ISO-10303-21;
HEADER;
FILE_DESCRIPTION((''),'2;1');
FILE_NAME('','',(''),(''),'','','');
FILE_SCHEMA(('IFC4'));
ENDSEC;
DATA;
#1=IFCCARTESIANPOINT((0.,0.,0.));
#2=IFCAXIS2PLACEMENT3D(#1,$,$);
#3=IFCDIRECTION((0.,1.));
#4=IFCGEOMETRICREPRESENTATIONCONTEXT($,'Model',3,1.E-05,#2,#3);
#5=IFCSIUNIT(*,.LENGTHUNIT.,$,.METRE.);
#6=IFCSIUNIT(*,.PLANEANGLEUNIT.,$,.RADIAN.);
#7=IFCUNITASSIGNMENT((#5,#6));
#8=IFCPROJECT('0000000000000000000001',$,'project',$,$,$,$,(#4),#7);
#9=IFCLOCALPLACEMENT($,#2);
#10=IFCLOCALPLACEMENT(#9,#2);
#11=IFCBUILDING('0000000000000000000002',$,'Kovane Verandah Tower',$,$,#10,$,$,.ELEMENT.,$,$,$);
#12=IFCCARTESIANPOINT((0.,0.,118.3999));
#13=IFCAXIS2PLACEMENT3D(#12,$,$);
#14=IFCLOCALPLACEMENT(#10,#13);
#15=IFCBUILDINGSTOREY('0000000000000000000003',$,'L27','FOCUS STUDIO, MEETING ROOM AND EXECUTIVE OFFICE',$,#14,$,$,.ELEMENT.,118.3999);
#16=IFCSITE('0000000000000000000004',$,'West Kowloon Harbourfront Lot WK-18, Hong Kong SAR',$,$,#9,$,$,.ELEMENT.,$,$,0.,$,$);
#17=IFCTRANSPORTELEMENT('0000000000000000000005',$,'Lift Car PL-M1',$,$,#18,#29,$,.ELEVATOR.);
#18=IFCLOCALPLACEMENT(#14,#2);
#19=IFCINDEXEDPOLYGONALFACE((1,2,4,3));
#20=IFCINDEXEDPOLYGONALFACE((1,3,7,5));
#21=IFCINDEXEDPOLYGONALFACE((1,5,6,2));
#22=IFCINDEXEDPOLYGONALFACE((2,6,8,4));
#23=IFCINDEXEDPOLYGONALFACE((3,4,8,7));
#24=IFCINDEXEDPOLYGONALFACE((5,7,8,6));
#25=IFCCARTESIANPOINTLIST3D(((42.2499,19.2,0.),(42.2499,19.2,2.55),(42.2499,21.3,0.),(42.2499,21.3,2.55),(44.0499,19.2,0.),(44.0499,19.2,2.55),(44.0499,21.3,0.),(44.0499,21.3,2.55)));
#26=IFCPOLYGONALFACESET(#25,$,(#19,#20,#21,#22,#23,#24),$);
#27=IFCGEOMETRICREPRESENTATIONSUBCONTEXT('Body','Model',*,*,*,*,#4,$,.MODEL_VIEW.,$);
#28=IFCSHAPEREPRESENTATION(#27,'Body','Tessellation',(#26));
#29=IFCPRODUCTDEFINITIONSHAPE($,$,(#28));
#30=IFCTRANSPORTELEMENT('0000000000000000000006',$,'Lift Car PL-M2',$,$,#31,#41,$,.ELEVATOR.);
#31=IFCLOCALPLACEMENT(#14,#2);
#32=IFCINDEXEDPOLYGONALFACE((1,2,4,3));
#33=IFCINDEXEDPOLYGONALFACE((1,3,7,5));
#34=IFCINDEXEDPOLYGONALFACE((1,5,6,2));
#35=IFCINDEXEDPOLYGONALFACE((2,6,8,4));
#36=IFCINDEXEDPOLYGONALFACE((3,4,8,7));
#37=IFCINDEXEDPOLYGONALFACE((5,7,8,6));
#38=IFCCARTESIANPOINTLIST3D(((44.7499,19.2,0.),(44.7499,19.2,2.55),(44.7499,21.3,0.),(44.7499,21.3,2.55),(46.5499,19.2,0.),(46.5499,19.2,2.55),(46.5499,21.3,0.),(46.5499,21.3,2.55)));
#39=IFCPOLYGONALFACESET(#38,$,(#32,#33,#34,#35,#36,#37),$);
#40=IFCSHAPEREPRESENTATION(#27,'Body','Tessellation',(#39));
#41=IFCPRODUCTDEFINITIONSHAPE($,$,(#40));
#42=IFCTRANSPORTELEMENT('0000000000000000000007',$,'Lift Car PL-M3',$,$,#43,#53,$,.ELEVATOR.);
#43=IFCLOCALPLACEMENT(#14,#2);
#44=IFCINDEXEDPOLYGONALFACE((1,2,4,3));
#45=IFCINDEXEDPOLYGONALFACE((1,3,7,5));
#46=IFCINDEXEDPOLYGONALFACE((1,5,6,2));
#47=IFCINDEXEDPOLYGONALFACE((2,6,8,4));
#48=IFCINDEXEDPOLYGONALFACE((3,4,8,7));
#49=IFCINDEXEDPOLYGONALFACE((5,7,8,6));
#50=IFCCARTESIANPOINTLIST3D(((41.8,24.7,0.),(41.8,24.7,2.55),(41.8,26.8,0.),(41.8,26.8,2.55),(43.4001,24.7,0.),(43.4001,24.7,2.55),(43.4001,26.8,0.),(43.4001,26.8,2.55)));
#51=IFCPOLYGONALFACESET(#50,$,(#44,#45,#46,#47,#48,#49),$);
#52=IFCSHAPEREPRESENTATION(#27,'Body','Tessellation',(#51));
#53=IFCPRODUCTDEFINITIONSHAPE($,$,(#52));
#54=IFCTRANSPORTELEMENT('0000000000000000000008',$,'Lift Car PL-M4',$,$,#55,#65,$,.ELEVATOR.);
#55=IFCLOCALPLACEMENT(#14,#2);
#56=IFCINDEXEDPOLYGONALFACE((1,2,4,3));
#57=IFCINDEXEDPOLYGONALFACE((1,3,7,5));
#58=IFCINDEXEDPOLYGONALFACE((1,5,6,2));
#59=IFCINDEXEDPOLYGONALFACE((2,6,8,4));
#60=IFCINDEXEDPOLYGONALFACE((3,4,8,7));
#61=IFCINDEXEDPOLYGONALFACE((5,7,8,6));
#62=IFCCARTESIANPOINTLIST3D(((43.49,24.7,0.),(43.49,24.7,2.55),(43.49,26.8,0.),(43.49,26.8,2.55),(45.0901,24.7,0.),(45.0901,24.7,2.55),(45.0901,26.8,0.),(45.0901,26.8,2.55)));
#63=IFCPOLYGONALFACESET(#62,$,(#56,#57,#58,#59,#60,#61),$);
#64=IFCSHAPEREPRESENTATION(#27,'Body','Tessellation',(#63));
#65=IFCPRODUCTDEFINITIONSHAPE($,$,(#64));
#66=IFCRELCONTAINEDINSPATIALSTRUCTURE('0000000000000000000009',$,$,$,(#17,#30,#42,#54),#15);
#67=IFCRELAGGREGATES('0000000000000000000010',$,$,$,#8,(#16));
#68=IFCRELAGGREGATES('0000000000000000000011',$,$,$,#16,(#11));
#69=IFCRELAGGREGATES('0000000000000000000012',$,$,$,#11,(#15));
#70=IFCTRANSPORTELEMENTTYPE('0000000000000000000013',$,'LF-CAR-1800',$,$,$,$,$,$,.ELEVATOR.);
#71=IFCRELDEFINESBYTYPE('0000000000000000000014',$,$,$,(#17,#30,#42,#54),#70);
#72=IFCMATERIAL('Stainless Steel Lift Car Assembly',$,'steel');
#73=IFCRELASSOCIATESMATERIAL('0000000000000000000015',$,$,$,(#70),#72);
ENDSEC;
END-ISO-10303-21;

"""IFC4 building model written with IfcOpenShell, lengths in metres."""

from ifc_helpers import new_model, si_unit, direction, frame, origin, origin_2d, place, context, subcontext, project, spatial, rectangle, extrude, material, type_object, element, save


model = new_model("IFC4")

# Units and contexts
model_context = context("Model", 3, precision=1e-05, world=origin(), true_north=direction((0.0, 1.0)))
body_context = subcontext(model_context, "Body", "Model", "MODEL_VIEW")
ifc_project = project(units=[si_unit("LENGTHUNIT", "METRE"), si_unit("PLANEANGLEUNIT", "RADIAN")], contexts=[model_context])

# Site, building, storey
site_placement = place(None, origin())
site = spatial("IfcSite", under=ifc_project, at=site_placement, Name="West Kowloon Harbourfront Lot WK-18, Hong Kong SAR", CompositionType="ELEMENT", RefElevation=0.0)
building_placement = place(site_placement, origin())
building = spatial("IfcBuilding", under=site, at=building_placement, Name="Kovane Verandah Tower", CompositionType="ELEMENT")
storey_placement = place(building_placement, frame((0.0, 0.0, 118.3999)))
storey = spatial("IfcBuildingStorey", under=building, at=storey_placement, Name="L27", Description="FOCUS STUDIO, MEETING ROOM AND EXECUTIVE OFFICE", CompositionType="ELEMENT", Elevation=118.3999)

# Transport elements
ifc_material_1 = material(Name="Stainless Steel Lift Car Assembly", Category="steel")
transport_element_type = type_object("IfcTransportElementType", Name="LF-CAR-1800", PredefinedType="ELEVATOR", material=ifc_material_1)
for number, where, z_axis, x_axis, name in (
    (1, (43.1499, 20.25, 0.0), (0.0, 0.0, 1.0), (1.0, 0.0, 0.0), "Lift Car PL-M1"),
    (2, (45.6499, 20.25, 0.0), (0.0, 0.0, 1.0), (1.0, 0.0, 0.0), "Lift Car PL-M2"),
):
    element("IfcTransportElement", number, at=place(storey_placement, frame(where, z_axis=z_axis, x_axis=x_axis)), inside=storey, type_object=transport_element_type, Name=name, PredefinedType="ELEVATOR", context=body_context, shape_type="SweptSolid", body=[
        extrude(rectangle(XDim=1.8, YDim=2.1001, at=origin_2d()), origin(), (0.0, 0.0, 1.0), 2.55),
    ])
for number, where, z_axis, x_axis, name in (
    (3, (42.6001, 25.75, 0.0), (0.0, 0.0, 1.0), (1.0, 0.0, 0.0), "Lift Car PL-M3"),
    (4, (44.29, 25.75, 0.0), (0.0, 0.0, 1.0), (1.0, 0.0, 0.0), "Lift Car PL-M4"),
):
    element("IfcTransportElement", number, at=place(storey_placement, frame(where, z_axis=z_axis, x_axis=x_axis)), inside=storey, type_object=transport_element_type, Name=name, PredefinedType="ELEVATOR", context=body_context, shape_type="SweptSolid", body=[
        extrude(rectangle(XDim=1.6001, YDim=2.1001, at=origin_2d()), origin(), (0.0, 0.0, 1.0), 2.55),
    ])

save(model, "model.ifc")
